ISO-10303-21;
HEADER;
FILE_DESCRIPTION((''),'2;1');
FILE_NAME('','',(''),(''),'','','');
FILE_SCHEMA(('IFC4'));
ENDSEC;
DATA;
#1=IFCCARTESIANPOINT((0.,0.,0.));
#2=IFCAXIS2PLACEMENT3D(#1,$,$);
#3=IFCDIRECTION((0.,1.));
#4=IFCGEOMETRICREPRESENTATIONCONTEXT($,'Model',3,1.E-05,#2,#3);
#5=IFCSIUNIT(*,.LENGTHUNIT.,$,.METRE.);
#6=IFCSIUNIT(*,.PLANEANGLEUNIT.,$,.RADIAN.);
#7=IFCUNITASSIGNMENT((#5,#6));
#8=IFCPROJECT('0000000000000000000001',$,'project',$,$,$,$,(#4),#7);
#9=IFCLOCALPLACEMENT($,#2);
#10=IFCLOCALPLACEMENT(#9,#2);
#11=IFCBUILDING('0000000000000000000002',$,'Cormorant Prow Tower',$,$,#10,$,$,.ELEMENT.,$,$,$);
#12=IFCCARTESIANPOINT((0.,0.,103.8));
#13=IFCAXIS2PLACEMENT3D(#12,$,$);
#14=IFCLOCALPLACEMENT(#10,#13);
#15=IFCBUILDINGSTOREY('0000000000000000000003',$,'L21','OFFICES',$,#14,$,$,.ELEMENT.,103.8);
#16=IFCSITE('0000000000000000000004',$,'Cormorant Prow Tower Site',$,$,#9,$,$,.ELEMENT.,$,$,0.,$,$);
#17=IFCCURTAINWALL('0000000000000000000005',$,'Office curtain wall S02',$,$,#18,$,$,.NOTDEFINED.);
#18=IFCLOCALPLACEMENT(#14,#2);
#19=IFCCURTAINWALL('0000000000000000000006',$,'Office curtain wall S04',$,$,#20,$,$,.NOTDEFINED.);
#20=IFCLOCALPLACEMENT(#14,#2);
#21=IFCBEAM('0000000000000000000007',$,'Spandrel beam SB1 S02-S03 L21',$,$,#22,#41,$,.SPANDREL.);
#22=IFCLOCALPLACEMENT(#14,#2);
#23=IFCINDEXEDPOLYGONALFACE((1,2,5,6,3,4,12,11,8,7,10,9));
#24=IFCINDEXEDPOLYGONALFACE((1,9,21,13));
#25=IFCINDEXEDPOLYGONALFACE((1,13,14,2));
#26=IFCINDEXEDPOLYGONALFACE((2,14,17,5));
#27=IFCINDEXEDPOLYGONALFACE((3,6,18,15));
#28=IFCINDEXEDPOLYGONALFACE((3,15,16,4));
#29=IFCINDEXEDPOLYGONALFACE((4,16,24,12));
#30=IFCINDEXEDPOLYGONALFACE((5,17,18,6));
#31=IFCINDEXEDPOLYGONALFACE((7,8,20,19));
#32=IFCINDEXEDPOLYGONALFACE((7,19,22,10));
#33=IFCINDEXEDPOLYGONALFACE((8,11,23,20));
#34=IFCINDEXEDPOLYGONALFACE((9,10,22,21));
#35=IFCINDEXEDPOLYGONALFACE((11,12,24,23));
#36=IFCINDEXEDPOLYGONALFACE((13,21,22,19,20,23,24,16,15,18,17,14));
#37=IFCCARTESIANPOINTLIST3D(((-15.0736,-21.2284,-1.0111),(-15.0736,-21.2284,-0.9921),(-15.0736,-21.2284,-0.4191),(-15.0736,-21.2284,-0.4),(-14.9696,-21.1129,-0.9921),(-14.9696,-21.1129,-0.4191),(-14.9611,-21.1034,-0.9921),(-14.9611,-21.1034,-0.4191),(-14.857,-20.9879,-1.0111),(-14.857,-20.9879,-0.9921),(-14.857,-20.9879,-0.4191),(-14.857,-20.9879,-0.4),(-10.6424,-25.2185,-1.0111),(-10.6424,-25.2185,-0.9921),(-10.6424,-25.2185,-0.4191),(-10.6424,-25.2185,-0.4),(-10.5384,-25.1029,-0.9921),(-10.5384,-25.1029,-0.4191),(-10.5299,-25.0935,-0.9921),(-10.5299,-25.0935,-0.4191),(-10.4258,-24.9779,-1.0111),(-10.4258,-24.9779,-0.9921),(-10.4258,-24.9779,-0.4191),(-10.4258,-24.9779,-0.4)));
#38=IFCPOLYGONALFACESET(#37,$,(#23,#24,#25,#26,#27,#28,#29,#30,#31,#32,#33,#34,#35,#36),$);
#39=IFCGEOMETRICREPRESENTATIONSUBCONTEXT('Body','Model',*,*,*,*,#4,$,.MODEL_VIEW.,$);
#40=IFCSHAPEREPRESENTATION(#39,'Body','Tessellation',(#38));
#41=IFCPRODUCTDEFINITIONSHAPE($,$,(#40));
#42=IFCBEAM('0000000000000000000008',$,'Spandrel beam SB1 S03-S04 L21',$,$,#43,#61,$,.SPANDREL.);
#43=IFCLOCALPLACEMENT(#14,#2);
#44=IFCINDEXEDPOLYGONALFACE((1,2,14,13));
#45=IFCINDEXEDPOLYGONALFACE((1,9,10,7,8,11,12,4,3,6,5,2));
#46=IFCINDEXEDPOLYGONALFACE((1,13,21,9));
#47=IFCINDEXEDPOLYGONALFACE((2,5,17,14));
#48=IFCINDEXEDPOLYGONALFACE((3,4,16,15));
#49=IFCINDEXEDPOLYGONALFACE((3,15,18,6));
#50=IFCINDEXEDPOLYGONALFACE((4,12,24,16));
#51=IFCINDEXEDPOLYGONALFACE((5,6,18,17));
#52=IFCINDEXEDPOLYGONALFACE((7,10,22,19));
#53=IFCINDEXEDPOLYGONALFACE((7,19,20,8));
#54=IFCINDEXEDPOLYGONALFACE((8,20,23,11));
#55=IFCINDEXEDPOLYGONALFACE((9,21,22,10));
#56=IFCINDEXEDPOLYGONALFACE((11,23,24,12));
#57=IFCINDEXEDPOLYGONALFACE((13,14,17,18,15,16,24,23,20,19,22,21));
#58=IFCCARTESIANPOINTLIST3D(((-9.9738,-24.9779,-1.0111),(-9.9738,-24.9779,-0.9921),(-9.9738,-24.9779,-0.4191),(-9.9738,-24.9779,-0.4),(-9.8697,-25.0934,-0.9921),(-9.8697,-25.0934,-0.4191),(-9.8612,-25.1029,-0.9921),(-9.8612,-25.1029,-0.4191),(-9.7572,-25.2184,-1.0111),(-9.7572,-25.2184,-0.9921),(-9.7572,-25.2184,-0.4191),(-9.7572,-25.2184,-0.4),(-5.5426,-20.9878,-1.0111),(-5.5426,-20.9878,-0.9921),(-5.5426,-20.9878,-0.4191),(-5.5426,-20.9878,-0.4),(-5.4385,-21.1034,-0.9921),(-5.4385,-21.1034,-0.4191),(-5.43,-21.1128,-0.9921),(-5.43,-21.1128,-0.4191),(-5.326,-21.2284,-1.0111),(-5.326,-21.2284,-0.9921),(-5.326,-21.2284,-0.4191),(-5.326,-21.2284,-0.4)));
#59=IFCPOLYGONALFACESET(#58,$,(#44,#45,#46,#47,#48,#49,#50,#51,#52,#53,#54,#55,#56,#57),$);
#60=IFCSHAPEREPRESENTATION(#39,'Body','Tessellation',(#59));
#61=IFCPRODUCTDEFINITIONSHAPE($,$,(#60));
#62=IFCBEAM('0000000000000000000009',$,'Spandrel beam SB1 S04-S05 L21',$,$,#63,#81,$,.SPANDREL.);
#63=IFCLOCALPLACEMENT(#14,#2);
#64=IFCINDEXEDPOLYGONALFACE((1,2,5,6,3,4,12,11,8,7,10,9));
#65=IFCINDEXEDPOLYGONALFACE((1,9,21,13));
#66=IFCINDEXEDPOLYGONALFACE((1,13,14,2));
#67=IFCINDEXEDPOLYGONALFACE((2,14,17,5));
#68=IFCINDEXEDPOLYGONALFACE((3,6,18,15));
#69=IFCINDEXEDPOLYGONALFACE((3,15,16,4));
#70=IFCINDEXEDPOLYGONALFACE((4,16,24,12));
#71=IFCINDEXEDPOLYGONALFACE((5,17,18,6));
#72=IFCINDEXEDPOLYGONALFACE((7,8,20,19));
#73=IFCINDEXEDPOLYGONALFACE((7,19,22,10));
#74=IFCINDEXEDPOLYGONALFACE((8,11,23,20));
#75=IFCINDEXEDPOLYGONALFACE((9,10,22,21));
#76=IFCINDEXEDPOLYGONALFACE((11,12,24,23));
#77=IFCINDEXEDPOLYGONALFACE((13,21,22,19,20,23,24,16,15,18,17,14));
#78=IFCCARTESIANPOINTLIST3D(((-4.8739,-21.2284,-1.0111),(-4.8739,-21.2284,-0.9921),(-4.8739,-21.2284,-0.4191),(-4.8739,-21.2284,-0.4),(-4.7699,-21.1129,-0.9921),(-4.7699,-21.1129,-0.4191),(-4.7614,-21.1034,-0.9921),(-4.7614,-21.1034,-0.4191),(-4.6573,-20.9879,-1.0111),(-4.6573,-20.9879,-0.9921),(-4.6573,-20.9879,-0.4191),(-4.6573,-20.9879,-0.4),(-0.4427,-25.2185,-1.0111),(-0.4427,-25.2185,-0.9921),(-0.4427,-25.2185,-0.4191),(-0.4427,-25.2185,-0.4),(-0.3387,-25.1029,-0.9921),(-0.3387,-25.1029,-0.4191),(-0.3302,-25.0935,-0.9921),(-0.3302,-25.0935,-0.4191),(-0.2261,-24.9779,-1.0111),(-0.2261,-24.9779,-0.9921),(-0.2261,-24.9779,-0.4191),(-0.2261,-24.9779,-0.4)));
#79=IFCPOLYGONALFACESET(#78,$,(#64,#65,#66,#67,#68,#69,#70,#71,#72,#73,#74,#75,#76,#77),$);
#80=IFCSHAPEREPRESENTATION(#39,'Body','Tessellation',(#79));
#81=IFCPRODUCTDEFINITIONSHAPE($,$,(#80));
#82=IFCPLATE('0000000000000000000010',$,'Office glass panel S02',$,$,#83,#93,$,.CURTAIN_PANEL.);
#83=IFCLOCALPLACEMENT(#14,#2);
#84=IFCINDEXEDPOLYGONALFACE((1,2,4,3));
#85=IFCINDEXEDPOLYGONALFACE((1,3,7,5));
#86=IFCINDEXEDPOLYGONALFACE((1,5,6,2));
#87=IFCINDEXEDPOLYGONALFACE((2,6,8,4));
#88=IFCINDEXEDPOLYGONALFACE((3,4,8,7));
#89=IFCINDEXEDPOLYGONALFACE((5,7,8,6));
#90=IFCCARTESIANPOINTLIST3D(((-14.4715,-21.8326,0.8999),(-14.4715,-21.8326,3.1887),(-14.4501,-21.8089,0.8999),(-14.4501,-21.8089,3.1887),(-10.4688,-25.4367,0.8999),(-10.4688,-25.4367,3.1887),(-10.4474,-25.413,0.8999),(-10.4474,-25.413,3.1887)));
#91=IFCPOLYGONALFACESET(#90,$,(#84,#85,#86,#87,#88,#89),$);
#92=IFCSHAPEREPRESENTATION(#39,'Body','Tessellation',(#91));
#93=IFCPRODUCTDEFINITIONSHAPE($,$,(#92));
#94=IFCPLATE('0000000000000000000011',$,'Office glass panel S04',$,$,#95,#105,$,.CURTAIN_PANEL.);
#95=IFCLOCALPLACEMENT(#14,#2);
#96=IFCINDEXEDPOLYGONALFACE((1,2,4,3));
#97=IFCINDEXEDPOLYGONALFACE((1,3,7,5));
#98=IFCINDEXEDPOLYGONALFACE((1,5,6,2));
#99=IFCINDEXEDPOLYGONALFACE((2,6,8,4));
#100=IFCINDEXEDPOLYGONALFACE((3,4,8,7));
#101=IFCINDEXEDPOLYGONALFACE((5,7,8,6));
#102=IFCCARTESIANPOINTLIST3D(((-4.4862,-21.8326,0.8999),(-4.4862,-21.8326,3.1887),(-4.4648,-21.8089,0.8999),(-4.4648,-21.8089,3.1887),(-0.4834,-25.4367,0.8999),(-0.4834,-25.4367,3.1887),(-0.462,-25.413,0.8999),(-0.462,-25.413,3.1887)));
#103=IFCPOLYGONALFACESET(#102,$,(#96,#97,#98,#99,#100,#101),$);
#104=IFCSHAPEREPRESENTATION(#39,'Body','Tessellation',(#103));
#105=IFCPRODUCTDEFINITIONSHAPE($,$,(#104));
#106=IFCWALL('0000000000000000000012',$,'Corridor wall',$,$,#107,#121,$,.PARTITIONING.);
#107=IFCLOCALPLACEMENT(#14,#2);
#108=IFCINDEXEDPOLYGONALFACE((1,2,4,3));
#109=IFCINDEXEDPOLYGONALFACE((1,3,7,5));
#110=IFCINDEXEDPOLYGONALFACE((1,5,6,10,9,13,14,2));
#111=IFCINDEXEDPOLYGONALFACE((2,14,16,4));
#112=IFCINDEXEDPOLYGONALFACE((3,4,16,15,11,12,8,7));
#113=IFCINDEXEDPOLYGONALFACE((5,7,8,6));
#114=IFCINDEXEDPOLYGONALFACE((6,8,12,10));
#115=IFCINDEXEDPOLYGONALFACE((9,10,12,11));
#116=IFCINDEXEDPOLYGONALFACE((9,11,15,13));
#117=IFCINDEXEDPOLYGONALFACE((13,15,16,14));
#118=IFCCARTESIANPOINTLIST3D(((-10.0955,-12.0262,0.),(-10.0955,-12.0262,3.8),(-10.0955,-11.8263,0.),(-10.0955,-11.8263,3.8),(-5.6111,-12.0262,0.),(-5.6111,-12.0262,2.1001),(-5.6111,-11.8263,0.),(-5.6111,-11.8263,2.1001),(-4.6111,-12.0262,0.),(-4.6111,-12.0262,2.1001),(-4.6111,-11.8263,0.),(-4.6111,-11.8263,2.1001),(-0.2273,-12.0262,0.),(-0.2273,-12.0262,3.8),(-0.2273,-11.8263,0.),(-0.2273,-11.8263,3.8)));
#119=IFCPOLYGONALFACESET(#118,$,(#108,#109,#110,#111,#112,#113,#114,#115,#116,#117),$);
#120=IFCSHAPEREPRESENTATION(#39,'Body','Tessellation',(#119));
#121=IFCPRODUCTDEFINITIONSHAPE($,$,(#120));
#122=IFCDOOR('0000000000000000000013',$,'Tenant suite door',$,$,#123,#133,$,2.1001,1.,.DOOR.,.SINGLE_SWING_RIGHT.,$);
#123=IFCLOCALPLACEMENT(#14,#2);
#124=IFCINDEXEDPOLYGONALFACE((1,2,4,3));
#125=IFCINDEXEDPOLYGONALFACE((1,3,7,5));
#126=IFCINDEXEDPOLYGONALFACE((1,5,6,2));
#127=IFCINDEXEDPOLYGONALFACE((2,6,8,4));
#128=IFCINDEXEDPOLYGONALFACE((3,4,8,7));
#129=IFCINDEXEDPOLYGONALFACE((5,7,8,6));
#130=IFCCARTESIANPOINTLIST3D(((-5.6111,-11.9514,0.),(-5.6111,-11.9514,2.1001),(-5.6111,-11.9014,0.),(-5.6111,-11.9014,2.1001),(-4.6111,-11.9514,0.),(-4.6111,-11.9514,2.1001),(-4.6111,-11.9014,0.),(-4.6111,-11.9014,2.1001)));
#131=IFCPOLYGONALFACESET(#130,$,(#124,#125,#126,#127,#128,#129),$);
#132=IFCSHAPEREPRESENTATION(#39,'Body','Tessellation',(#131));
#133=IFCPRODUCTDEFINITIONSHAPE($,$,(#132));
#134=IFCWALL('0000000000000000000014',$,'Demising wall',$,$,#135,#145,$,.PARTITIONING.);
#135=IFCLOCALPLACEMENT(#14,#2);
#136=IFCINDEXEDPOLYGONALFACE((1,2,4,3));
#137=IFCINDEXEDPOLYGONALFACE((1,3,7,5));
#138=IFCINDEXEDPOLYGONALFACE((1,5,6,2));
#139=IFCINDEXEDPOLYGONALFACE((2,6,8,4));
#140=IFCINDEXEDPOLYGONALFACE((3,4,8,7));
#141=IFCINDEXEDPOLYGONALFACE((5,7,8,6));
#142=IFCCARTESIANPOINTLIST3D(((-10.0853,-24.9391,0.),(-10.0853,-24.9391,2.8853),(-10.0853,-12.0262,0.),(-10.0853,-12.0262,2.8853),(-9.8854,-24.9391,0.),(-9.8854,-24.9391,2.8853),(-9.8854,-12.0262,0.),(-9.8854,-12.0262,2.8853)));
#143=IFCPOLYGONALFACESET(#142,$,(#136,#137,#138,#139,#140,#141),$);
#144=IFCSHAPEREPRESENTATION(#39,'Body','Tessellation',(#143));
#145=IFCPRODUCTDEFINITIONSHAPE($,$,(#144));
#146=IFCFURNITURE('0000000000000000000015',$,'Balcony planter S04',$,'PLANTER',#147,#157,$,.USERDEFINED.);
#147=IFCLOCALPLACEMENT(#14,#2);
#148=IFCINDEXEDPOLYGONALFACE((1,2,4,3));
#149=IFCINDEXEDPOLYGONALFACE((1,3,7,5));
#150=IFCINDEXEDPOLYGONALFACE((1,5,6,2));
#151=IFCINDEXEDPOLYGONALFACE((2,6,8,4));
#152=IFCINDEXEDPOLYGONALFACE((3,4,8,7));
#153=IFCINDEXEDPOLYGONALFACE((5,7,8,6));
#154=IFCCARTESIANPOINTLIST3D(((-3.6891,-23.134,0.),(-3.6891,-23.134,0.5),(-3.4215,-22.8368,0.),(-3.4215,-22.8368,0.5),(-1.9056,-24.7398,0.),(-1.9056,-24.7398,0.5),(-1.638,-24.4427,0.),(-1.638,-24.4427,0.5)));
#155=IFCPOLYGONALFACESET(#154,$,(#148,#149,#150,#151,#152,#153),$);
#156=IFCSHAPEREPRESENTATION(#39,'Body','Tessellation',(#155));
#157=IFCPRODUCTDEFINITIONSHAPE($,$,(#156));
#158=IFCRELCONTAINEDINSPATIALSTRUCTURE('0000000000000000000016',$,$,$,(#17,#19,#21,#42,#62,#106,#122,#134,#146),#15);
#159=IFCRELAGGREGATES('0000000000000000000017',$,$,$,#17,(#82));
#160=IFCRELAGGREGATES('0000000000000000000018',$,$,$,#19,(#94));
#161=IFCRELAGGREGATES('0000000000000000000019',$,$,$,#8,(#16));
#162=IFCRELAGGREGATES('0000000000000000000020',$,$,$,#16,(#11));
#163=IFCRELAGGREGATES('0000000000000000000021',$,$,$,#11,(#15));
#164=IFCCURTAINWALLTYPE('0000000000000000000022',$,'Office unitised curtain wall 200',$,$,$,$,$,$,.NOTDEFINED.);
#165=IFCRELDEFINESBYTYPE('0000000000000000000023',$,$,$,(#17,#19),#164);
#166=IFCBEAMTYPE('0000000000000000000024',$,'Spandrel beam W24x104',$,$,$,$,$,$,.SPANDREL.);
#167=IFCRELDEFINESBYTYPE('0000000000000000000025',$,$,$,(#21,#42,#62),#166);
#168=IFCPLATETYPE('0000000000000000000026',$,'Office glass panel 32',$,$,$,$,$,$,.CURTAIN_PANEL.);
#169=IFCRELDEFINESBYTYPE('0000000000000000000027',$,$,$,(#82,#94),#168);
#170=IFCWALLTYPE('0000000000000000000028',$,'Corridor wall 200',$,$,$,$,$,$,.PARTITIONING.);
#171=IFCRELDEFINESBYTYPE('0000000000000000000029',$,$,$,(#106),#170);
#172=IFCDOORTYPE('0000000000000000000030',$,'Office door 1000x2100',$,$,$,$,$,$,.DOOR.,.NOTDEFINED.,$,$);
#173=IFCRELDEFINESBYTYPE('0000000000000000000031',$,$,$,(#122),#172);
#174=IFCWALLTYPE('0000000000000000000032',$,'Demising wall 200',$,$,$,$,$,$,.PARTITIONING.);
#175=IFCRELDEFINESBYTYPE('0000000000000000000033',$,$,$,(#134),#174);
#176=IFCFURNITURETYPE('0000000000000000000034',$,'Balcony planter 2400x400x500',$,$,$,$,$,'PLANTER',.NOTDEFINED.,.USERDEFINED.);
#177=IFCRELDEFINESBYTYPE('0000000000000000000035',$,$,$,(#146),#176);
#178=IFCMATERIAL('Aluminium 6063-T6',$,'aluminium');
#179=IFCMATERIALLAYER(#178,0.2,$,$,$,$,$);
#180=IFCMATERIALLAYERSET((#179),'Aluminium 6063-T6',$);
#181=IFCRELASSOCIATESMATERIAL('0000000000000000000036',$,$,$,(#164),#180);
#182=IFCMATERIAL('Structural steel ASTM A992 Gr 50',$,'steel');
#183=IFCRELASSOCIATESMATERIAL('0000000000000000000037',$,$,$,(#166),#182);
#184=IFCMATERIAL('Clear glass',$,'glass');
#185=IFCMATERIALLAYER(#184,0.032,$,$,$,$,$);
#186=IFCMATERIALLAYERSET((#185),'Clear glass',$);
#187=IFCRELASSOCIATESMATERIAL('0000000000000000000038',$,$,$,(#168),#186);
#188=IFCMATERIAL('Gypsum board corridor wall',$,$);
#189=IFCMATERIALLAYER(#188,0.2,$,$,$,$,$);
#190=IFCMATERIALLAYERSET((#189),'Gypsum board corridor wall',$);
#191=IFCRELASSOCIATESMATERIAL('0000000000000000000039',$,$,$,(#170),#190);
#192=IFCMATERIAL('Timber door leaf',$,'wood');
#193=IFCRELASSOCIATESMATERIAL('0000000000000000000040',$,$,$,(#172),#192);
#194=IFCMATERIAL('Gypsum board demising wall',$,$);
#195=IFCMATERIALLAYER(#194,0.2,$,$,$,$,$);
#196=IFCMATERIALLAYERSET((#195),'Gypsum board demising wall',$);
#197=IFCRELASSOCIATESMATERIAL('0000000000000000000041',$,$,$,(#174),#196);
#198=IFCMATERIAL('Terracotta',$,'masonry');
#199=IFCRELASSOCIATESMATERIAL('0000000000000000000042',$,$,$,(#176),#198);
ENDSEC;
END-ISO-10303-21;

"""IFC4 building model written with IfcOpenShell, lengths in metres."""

from ifc_helpers import new_model, si_unit, direction, frame, frame_2d, origin, origin_2d, place, context, subcontext, project, spatial, rectangle, i_section, extrude, material, layer, layer_set, material_profile, profile_set, type_object, element, fill, aggregate, save


model = new_model("IFC4")

# Units and contexts
model_context = context("Model", 3, precision=1e-05, world=origin(), true_north=direction((0.0, 1.0)))
body_context = subcontext(model_context, "Body", "Model", "MODEL_VIEW")
ifc_project = project(units=[si_unit("LENGTHUNIT", "METRE"), si_unit("PLANEANGLEUNIT", "RADIAN")], contexts=[model_context])

# Site, building, storey
site_placement = place(None, origin())
site = spatial("IfcSite", under=ifc_project, at=site_placement, Name="Cormorant Prow Tower Site", CompositionType="ELEMENT", RefElevation=0.0)
building_placement = place(site_placement, origin())
building = spatial("IfcBuilding", under=site, at=building_placement, Name="Cormorant Prow Tower", CompositionType="ELEMENT")
storey_placement = place(building_placement, frame((0.0, 0.0, 103.8)))
storey = spatial("IfcBuildingStorey", under=building, at=storey_placement, Name="L21", Description="OFFICES", CompositionType="ELEMENT", Elevation=103.8)

# Curtain walls
ifc_material_1 = material(Name="Aluminium 6063-T6", Category="aluminium")
ifc_layer_1 = layer(ifc_material_1, 0.2)
ifc_layer_set_1 = layer_set([ifc_layer_1], Name="Aluminium 6063-T6")
curtain_wall_type = type_object("IfcCurtainWallType", Name="Office unitised curtain wall 200", PredefinedType="NOTDEFINED", material=ifc_layer_set_1)
curtain_wall_1_placement = place(storey_placement, origin())
curtain_wall_1 = element("IfcCurtainWall", 1, at=curtain_wall_1_placement, inside=storey, type_object=curtain_wall_type, Name="Office curtain wall S02", PredefinedType="NOTDEFINED")
curtain_wall_2_placement = place(storey_placement, origin())
curtain_wall_2 = element("IfcCurtainWall", 2, at=curtain_wall_2_placement, inside=storey, type_object=curtain_wall_type, Name="Office curtain wall S04", PredefinedType="NOTDEFINED")

# Beams
ifc_material_2 = material(Name="Structural steel ASTM A992 Gr 50", Category="steel")
ifc_material_profile_1 = material_profile(ifc_material_2, i_section(OverallWidth=0.3237, OverallDepth=0.6111, WebThickness=0.0127, FlangeThickness=0.019, at=origin_2d()), Name="W24x104")
ifc_profile_set_1 = profile_set([ifc_material_profile_1], Name="Structural steel ASTM A992 Gr 50")
beam_type_1 = type_object("IfcBeamType", Name="Spandrel beam W24x104", PredefinedType="SPANDREL", material=ifc_profile_set_1)
for number, where, z_axis, x_axis, name in (
    (3, (-14.9653, -21.1082, -0.7056), (0.743131, -0.669146, 0.0), (0.669146, 0.743131, 0.0), "Spandrel beam SB1 S02-S03 L21"),
    (4, (-9.8655, -25.0981, -0.7056), (0.743131, 0.669146, 0.0), (-0.669146, 0.743131, 0.0), "Spandrel beam SB1 S03-S04 L21"),
    (5, (-4.7656, -21.1082, -0.7056), (0.743131, -0.669146, 0.0), (0.669146, 0.743131, 0.0), "Spandrel beam SB1 S04-S05 L21"),
):
    element("IfcBeam", number, at=place(storey_placement, frame(where, z_axis=z_axis, x_axis=x_axis)), inside=storey, type_object=beam_type_1, Name=name, PredefinedType="SPANDREL", context=body_context, shape_type="SweptSolid", body=[
        extrude(i_section(OverallWidth=0.3237, OverallDepth=0.6111, WebThickness=0.0127, FlangeThickness=0.019, at=origin_2d()), origin(), (0.0, 0.0, 1.0), 5.9629),
    ])

# Plates
ifc_material_3 = material(Name="Clear glass", Category="glass")
ifc_layer_2 = layer(ifc_material_3, 0.032)
ifc_layer_set_2 = layer_set([ifc_layer_2], Name="Clear glass")
plate_type = type_object("IfcPlateType", Name="Office glass panel 32", PredefinedType="CURTAIN_PANEL", material=ifc_layer_set_2)
plate_1_placement = place(storey_placement, frame((-12.4595, -23.6228, 0.8999), z_axis=(0.0, 0.0, 1.0), x_axis=(0.743145, -0.669131, 0.0)))
plate_1 = element("IfcPlate", 6, at=plate_1_placement, type_object=plate_type, Name="Office glass panel S02", PredefinedType="CURTAIN_PANEL", context=body_context, shape_type="SweptSolid", body=[
    extrude(rectangle(XDim=5.3862, YDim=0.032, at=origin_2d()), origin(), (0.0, 0.0, 1.0), 2.2888),
])
aggregate(curtain_wall_1, [plate_1])
plate_2_placement = place(storey_placement, frame((-2.4741, -23.6228, 0.8999), z_axis=(0.0, 0.0, 1.0), x_axis=(0.743145, -0.669131, 0.0)))
plate_2 = element("IfcPlate", 7, at=plate_2_placement, type_object=plate_type, Name="Office glass panel S04", PredefinedType="CURTAIN_PANEL", context=body_context, shape_type="SweptSolid", body=[
    extrude(rectangle(XDim=5.3862, YDim=0.032, at=origin_2d()), origin(), (0.0, 0.0, 1.0), 2.2888),
])
aggregate(curtain_wall_2, [plate_2])

# Wall, opening, door
ifc_material_4 = material(Name="Gypsum board corridor wall")
ifc_layer_3 = layer(ifc_material_4, 0.2)
ifc_layer_set_3 = layer_set([ifc_layer_3], Name="Gypsum board corridor wall")
wall_type_1 = type_object("IfcWallType", Name="Corridor wall 200", PredefinedType="PARTITIONING", material=ifc_layer_set_3)
wall_1_placement = place(storey_placement, frame((-10.0955, -11.9263, 0.0), z_axis=(0.0, 0.0, 1.0), x_axis=(1.0, 0.0, 0.0)))
wall_1 = element("IfcWall", 8, at=wall_1_placement, inside=storey, type_object=wall_type_1, Name="Corridor wall", PredefinedType="PARTITIONING", context=body_context, shape_type="SweptSolid", body=[
    extrude(rectangle(XDim=9.8682, YDim=0.2, at=frame_2d((4.9341, 0.0))), origin(), (0.0, 0.0, 1.0), 3.8),
])
opening_1_placement = place(wall_1_placement, frame((4.4844, 0.0, 0.0)))
opening_1 = element("IfcOpeningElement", 9, at=opening_1_placement, cuts=wall_1, PredefinedType="OPENING", context=body_context, shape_type="SweptSolid", body=[
    extrude(rectangle(XDim=1.0, YDim=2.1001, at=frame_2d((0.5, 1.05))), frame((0.0, 0.1099, 0.0), z_axis=(0.0, -1.0, 0.0), x_axis=(1.0, 0.0, 0.0)), (0.0, 0.0, 1.0), 0.22),
])
ifc_material_5 = material(Name="Timber door leaf", Category="wood")
door_type_1 = type_object("IfcDoorType", Name="Office door 1000x2100", OperationType="NOTDEFINED", PredefinedType="DOOR", material=ifc_material_5)
door_1_placement = place(opening_1_placement, origin())
door_1 = element("IfcDoor", 10, at=door_1_placement, inside=storey, type_object=door_type_1, Name="Tenant suite door", OperationType="SINGLE_SWING_RIGHT", OverallHeight=2.1001, OverallWidth=1.0, PredefinedType="DOOR", context=body_context, shape_type="SweptSolid", body=[
    extrude(rectangle(XDim=1.0, YDim=2.1001, at=frame_2d((0.5, 1.05))), frame((0.0, 0.0249, 0.0), z_axis=(0.0, -1.0, 0.0), x_axis=(1.0, 0.0, 0.0)), (0.0, 0.0, 1.0), 0.05),
])
fill(opening_1, door_1)

# Wall
ifc_material_6 = material(Name="Gypsum board demising wall")
ifc_layer_4 = layer(ifc_material_6, 0.2)
ifc_layer_set_4 = layer_set([ifc_layer_4], Name="Gypsum board demising wall")
wall_type_2 = type_object("IfcWallType", Name="Demising wall 200", PredefinedType="PARTITIONING", material=ifc_layer_set_4)
wall_2_placement = place(storey_placement, frame((-9.9854, -24.9392, 0.0), z_axis=(0.0, 0.0, 1.0), x_axis=(0.0, 1.0, 0.0)))
element("IfcWall", 11, at=wall_2_placement, inside=storey, type_object=wall_type_2, Name="Demising wall", PredefinedType="PARTITIONING", context=body_context, shape_type="SweptSolid", body=[
    extrude(rectangle(XDim=12.9128, YDim=0.2, at=frame_2d((6.4565, 0.0))), origin(), (0.0, 0.0, 1.0), 2.8853),
])

# Furniture
ifc_material_7 = material(Name="Terracotta", Category="masonry")
furniture_type = type_object("IfcFurnitureType", Name="Balcony planter 2400x400x500", ElementType="PLANTER", AssemblyPlace="NOTDEFINED", PredefinedType="USERDEFINED", material=ifc_material_7)
furniture_placement = place(storey_placement, frame((-2.6636, -23.7883, 0.0), z_axis=(0.0, 0.0, 1.0), x_axis=(0.743145, -0.669131, 0.0)))
element("IfcFurniture", 12, at=furniture_placement, inside=storey, type_object=furniture_type, Name="Balcony planter S04", ObjectType="PLANTER", PredefinedType="USERDEFINED", context=body_context, shape_type="SweptSolid", body=[
    extrude(rectangle(XDim=2.3999, YDim=0.3999, at=origin_2d()), origin(), (0.0, 0.0, 1.0), 0.5),
])

save(model, "model.ifc")
